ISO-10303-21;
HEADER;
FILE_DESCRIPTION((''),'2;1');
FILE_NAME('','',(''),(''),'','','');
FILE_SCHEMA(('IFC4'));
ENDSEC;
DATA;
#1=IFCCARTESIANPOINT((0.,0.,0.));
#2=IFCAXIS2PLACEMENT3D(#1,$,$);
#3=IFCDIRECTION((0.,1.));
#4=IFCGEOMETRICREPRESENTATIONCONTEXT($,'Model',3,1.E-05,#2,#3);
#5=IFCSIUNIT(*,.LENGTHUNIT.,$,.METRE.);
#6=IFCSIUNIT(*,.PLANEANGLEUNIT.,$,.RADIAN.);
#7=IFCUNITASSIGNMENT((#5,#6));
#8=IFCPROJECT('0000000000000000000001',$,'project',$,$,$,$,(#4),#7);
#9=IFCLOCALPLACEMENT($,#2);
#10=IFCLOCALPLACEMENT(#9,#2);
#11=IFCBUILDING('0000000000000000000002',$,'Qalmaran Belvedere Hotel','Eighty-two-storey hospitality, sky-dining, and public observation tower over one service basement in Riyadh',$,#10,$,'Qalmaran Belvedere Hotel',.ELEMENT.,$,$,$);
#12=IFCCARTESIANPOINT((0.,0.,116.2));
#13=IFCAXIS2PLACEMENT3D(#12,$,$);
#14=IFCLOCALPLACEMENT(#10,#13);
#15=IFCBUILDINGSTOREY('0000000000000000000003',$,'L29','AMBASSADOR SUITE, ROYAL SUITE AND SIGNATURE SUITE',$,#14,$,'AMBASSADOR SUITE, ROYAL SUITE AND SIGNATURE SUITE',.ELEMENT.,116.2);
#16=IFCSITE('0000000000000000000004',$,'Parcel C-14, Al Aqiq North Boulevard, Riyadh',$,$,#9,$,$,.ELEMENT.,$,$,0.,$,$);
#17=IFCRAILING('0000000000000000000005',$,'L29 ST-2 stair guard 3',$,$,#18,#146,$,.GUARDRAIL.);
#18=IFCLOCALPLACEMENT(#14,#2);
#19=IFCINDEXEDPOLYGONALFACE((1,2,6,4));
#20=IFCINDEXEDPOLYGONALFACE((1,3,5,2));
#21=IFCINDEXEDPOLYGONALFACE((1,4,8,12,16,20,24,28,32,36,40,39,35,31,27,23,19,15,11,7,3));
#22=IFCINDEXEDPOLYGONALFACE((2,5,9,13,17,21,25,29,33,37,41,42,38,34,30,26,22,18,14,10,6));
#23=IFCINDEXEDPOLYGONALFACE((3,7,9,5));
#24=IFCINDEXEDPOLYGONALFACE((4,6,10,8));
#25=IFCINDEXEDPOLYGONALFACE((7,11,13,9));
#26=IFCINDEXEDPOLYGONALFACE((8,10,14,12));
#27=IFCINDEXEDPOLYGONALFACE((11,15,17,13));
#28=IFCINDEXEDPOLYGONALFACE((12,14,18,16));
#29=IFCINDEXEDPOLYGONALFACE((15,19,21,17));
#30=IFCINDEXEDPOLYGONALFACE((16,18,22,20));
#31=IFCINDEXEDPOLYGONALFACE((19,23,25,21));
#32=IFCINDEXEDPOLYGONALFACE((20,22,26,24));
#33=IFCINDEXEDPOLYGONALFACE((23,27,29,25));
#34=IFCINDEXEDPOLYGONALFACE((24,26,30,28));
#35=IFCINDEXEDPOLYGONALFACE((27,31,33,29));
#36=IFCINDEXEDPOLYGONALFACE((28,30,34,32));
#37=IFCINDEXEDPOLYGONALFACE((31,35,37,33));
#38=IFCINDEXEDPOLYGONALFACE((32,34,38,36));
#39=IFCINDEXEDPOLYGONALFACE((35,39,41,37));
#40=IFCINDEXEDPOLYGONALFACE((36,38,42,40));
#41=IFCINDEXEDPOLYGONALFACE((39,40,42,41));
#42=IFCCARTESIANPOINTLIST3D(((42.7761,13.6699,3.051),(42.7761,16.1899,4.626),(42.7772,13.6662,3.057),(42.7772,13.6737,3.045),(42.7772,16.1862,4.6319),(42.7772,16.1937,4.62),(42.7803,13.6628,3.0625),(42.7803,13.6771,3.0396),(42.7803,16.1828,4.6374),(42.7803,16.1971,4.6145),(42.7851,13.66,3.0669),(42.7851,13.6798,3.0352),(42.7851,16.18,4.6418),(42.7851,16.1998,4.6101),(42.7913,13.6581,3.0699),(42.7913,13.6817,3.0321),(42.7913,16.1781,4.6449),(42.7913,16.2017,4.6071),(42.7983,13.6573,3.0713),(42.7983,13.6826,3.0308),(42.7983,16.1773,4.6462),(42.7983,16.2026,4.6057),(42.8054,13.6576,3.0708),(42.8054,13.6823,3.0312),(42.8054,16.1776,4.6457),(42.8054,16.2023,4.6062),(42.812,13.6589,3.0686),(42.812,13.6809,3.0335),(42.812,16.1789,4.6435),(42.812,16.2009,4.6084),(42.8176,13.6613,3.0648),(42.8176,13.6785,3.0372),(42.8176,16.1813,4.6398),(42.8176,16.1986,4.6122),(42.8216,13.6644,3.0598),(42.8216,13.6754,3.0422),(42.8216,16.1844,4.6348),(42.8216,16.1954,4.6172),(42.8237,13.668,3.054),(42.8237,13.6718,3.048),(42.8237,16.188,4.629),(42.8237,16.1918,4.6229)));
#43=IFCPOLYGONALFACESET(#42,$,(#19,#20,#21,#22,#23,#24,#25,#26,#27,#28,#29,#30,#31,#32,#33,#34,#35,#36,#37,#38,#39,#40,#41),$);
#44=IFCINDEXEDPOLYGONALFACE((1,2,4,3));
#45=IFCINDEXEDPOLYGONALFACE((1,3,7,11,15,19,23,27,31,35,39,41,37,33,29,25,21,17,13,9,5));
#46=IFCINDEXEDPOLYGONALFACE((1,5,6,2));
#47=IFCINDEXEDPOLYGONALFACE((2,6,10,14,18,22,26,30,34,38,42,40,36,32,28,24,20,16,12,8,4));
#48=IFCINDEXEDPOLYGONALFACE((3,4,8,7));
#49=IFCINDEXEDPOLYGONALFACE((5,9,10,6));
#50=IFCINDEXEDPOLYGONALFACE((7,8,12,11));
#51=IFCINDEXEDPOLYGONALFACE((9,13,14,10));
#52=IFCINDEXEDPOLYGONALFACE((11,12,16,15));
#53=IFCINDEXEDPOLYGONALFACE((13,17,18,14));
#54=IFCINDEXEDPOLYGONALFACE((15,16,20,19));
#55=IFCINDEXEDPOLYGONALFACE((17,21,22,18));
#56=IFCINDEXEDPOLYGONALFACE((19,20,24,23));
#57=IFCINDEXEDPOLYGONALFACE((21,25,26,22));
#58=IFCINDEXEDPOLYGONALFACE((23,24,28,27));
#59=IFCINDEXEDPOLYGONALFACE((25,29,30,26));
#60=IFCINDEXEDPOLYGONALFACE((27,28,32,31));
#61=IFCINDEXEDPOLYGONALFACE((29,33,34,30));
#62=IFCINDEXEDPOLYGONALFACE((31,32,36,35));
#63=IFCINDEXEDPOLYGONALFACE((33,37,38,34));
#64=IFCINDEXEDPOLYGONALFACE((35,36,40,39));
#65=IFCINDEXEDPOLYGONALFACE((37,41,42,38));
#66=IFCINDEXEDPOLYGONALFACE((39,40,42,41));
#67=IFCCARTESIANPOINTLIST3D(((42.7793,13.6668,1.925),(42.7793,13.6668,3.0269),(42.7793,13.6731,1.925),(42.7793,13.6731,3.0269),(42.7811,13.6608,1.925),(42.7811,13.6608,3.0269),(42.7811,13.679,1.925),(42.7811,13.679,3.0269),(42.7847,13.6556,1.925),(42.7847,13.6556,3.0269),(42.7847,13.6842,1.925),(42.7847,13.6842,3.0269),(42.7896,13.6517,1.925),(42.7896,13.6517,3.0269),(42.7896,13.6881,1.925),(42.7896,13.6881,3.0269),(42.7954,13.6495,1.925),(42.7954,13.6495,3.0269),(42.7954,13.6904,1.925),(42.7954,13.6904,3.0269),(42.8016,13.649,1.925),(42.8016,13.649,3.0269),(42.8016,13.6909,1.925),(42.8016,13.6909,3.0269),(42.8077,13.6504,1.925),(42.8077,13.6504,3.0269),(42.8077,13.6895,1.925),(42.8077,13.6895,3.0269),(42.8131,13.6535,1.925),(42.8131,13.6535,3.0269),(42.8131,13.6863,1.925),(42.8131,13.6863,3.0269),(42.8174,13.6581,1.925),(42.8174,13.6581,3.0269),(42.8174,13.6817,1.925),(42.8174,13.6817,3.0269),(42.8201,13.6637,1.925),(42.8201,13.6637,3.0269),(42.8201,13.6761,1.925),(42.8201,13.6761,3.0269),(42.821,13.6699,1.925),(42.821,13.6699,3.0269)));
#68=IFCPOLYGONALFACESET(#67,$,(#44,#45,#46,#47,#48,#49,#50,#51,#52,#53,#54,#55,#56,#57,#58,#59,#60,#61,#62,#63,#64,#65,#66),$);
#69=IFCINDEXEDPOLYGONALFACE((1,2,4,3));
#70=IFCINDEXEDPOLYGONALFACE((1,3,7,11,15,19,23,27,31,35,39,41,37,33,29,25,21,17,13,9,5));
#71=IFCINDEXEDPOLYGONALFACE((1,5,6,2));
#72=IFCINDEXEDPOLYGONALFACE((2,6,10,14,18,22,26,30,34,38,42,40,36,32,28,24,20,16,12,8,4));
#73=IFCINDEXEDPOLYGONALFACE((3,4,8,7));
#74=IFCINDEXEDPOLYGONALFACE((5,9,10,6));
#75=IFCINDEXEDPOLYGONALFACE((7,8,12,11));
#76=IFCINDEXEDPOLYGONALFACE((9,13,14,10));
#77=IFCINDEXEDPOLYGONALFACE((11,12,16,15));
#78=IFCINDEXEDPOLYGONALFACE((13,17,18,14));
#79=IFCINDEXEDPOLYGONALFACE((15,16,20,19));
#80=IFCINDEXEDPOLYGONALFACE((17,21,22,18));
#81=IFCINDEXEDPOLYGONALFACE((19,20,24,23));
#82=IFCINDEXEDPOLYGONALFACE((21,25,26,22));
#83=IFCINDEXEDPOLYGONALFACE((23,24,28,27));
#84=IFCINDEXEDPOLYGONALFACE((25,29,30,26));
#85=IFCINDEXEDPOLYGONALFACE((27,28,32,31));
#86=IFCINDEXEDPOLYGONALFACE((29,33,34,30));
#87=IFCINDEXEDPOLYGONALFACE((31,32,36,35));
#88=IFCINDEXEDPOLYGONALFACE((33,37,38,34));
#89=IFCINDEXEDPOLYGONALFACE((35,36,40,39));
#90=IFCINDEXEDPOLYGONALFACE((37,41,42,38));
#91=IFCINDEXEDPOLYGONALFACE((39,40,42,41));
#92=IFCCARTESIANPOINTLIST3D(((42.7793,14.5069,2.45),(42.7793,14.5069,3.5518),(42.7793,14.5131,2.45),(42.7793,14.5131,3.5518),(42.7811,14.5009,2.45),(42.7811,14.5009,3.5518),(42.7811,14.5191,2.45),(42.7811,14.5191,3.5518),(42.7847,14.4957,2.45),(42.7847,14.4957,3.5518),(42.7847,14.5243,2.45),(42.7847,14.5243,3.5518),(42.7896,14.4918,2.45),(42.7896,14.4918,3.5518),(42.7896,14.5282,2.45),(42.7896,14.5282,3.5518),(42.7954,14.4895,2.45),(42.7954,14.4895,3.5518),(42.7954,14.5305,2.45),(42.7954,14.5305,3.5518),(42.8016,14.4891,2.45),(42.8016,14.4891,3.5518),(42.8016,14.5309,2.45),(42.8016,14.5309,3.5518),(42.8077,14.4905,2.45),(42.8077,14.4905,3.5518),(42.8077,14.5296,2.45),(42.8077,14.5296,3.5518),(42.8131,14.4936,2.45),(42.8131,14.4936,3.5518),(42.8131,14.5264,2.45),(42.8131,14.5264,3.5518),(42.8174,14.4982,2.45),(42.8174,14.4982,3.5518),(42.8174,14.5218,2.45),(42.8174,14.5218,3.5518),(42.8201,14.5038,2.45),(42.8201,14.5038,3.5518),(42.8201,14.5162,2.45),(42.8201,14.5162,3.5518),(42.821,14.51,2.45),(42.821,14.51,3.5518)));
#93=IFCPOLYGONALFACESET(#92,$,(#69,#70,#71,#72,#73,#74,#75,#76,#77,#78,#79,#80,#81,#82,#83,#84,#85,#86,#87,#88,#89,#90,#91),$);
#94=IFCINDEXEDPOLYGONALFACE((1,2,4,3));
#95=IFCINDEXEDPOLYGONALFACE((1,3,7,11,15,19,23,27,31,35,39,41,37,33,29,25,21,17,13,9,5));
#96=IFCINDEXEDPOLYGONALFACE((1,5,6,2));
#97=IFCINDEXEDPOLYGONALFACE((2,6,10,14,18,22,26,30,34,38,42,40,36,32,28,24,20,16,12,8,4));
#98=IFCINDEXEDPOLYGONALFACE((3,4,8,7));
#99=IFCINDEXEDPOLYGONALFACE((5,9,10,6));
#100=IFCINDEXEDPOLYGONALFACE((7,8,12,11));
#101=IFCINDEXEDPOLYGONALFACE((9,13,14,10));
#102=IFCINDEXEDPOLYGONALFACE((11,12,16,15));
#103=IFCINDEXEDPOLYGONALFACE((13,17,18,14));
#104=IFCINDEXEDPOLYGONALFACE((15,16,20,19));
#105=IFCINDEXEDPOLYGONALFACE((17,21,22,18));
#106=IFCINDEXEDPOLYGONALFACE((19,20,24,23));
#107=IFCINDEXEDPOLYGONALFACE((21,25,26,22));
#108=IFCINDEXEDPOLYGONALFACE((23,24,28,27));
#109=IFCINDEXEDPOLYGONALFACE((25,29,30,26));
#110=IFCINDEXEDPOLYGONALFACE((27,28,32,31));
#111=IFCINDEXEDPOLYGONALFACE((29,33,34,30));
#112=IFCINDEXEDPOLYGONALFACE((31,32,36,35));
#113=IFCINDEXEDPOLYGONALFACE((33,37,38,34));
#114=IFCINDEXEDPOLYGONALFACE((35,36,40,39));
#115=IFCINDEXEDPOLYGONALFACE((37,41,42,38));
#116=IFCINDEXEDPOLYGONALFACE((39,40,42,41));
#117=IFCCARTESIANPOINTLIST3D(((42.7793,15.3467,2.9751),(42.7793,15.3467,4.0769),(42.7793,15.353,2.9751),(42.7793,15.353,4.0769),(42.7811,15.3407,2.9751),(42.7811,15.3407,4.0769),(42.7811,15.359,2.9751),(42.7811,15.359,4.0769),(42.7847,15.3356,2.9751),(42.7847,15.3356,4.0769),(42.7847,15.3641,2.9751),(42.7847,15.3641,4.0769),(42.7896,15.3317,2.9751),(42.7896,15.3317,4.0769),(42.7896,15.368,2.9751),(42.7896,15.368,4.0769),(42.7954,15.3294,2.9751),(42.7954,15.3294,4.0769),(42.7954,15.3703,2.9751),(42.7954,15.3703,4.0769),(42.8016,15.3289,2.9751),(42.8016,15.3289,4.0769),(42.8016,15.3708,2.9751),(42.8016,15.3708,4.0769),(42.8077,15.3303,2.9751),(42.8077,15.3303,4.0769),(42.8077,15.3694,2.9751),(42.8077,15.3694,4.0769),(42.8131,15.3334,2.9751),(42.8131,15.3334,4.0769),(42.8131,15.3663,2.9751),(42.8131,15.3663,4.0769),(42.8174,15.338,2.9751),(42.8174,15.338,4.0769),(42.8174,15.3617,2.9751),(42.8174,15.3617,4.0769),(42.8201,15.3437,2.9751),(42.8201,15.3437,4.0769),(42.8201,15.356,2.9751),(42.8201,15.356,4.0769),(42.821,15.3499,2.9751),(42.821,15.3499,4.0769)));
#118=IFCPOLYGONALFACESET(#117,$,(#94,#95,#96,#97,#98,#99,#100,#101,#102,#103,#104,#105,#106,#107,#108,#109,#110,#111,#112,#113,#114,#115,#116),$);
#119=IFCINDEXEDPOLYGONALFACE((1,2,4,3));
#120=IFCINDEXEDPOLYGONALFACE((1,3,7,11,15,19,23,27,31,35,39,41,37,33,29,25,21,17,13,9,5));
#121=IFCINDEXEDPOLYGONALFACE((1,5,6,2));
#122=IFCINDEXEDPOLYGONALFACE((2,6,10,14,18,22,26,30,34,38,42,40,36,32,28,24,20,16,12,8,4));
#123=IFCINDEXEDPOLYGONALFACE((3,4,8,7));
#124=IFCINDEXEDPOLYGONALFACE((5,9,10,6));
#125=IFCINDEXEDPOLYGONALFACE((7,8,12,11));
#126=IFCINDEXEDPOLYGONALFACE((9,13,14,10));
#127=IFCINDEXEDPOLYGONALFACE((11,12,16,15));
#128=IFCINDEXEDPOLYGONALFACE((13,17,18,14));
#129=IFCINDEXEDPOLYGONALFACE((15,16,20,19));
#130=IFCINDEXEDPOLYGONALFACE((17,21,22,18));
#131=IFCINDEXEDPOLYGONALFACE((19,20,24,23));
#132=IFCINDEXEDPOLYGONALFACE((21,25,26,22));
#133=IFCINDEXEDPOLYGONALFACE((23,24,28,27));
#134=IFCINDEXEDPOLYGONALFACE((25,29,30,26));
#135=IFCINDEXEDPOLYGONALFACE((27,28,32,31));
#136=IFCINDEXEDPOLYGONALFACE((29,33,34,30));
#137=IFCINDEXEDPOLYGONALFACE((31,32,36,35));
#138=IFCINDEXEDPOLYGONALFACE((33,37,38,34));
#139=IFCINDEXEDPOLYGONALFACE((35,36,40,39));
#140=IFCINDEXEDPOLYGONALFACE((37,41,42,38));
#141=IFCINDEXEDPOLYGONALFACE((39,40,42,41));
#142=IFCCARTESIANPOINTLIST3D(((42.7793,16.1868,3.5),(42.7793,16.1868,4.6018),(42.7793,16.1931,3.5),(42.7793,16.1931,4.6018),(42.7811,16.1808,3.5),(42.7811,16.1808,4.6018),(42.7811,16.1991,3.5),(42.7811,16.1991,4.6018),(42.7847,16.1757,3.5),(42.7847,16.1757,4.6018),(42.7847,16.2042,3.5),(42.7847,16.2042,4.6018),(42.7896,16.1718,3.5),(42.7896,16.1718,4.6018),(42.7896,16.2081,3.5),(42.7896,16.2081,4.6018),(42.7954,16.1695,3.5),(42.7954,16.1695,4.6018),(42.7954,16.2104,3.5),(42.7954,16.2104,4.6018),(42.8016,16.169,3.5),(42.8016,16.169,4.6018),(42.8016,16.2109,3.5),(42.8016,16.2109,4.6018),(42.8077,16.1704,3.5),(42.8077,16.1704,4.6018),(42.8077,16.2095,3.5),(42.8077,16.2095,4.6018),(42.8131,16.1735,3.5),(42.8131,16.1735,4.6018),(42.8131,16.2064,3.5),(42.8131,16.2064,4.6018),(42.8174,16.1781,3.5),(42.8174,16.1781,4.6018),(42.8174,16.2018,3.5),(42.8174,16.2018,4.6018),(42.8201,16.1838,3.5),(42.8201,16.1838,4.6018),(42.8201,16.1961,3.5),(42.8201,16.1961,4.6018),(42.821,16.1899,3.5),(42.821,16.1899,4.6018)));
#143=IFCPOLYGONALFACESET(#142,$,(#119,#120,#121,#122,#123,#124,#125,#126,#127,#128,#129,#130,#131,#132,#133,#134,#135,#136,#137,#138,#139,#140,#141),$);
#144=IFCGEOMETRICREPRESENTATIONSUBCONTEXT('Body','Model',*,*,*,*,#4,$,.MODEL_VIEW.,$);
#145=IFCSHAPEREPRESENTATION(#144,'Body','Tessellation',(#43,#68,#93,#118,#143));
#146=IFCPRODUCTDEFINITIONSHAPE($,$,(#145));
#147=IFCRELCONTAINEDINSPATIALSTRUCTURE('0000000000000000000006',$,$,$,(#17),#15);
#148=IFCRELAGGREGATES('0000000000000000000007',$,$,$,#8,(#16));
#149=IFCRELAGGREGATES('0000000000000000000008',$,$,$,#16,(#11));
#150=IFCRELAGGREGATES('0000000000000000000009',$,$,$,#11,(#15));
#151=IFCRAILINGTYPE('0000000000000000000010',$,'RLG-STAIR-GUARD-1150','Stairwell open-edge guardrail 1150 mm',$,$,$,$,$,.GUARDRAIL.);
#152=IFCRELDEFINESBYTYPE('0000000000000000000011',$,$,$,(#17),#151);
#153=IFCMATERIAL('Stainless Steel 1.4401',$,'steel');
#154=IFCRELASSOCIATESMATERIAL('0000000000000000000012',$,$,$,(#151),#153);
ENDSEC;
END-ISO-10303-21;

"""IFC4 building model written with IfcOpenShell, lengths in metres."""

from ifc_helpers import new_model, si_unit, direction, frame, origin, origin_2d, place, context, subcontext, project, spatial, circle, extrude, material, type_object, element, save


model = new_model("IFC4")

# Units and contexts
model_context = context("Model", 3, precision=1e-05, world=origin(), true_north=direction((0.0, 1.0)))
body_context = subcontext(model_context, "Body", "Model", "MODEL_VIEW")
ifc_project = project(units=[si_unit("LENGTHUNIT", "METRE"), si_unit("PLANEANGLEUNIT", "RADIAN")], contexts=[model_context])

# Site, building, storey
site_placement = place(None, origin())
site = spatial("IfcSite", under=ifc_project, at=site_placement, Name="Parcel C-14, Al Aqiq North Boulevard, Riyadh", CompositionType="ELEMENT", RefElevation=0.0)
building_placement = place(site_placement, origin())
building = spatial("IfcBuilding", under=site, at=building_placement, Name="Qalmaran Belvedere Hotel", Description="Eighty-two-storey hospitality, sky-dining, and public observation tower over one service basement in Riyadh", LongName="Qalmaran Belvedere Hotel", CompositionType="ELEMENT")
storey_placement = place(building_placement, frame((0.0, 0.0, 116.2)))
storey = spatial("IfcBuildingStorey", under=building, at=storey_placement, Name="L29", Description="AMBASSADOR SUITE, ROYAL SUITE AND SIGNATURE SUITE", LongName="AMBASSADOR SUITE, ROYAL SUITE AND SIGNATURE SUITE", CompositionType="ELEMENT", Elevation=116.2)

# Shared definitions
ifc_material_1 = material(Name="Stainless Steel 1.4401", Category="steel")

# Railing
railing_type_1 = type_object("IfcRailingType", Name="RLG-STAIR-GUARD-1150", Description="Stairwell open-edge guardrail 1150 mm", PredefinedType="GUARDRAIL", material=ifc_material_1)
railing_1_placement = place(storey_placement, frame((42.8, 13.6699, 1.925)))
element("IfcRailing", 1, at=railing_1_placement, inside=storey, type_object=railing_type_1, Name="L29 ST-2 stair guard 3", PredefinedType="GUARDRAIL", context=body_context, shape_type="SweptSolid", body=[
    extrude(circle(Radius=0.0239, at=origin_2d()), frame((0.0, 0.0, 1.126), z_axis=(0.0, 0.848008, 0.529984), x_axis=(-1.0, 0.0, 0.0)), (0.0, 0.0, 1.0), 2.9717),
    extrude(circle(Radius=0.021, at=origin_2d()), origin(), (0.0, 0.0, 1.0), 1.1018),
    extrude(circle(Radius=0.021, at=origin_2d()), frame((0.0, 0.8401, 0.5249)), (0.0, 0.0, 1.0), 1.1018),
    extrude(circle(Radius=0.021, at=origin_2d()), frame((0.0, 1.6799, 1.05)), (0.0, 0.0, 1.0), 1.1018),
    extrude(circle(Radius=0.021, at=origin_2d()), frame((0.0, 2.52, 1.575)), (0.0, 0.0, 1.0), 1.1018),
])

save(model, "model.ifc")
